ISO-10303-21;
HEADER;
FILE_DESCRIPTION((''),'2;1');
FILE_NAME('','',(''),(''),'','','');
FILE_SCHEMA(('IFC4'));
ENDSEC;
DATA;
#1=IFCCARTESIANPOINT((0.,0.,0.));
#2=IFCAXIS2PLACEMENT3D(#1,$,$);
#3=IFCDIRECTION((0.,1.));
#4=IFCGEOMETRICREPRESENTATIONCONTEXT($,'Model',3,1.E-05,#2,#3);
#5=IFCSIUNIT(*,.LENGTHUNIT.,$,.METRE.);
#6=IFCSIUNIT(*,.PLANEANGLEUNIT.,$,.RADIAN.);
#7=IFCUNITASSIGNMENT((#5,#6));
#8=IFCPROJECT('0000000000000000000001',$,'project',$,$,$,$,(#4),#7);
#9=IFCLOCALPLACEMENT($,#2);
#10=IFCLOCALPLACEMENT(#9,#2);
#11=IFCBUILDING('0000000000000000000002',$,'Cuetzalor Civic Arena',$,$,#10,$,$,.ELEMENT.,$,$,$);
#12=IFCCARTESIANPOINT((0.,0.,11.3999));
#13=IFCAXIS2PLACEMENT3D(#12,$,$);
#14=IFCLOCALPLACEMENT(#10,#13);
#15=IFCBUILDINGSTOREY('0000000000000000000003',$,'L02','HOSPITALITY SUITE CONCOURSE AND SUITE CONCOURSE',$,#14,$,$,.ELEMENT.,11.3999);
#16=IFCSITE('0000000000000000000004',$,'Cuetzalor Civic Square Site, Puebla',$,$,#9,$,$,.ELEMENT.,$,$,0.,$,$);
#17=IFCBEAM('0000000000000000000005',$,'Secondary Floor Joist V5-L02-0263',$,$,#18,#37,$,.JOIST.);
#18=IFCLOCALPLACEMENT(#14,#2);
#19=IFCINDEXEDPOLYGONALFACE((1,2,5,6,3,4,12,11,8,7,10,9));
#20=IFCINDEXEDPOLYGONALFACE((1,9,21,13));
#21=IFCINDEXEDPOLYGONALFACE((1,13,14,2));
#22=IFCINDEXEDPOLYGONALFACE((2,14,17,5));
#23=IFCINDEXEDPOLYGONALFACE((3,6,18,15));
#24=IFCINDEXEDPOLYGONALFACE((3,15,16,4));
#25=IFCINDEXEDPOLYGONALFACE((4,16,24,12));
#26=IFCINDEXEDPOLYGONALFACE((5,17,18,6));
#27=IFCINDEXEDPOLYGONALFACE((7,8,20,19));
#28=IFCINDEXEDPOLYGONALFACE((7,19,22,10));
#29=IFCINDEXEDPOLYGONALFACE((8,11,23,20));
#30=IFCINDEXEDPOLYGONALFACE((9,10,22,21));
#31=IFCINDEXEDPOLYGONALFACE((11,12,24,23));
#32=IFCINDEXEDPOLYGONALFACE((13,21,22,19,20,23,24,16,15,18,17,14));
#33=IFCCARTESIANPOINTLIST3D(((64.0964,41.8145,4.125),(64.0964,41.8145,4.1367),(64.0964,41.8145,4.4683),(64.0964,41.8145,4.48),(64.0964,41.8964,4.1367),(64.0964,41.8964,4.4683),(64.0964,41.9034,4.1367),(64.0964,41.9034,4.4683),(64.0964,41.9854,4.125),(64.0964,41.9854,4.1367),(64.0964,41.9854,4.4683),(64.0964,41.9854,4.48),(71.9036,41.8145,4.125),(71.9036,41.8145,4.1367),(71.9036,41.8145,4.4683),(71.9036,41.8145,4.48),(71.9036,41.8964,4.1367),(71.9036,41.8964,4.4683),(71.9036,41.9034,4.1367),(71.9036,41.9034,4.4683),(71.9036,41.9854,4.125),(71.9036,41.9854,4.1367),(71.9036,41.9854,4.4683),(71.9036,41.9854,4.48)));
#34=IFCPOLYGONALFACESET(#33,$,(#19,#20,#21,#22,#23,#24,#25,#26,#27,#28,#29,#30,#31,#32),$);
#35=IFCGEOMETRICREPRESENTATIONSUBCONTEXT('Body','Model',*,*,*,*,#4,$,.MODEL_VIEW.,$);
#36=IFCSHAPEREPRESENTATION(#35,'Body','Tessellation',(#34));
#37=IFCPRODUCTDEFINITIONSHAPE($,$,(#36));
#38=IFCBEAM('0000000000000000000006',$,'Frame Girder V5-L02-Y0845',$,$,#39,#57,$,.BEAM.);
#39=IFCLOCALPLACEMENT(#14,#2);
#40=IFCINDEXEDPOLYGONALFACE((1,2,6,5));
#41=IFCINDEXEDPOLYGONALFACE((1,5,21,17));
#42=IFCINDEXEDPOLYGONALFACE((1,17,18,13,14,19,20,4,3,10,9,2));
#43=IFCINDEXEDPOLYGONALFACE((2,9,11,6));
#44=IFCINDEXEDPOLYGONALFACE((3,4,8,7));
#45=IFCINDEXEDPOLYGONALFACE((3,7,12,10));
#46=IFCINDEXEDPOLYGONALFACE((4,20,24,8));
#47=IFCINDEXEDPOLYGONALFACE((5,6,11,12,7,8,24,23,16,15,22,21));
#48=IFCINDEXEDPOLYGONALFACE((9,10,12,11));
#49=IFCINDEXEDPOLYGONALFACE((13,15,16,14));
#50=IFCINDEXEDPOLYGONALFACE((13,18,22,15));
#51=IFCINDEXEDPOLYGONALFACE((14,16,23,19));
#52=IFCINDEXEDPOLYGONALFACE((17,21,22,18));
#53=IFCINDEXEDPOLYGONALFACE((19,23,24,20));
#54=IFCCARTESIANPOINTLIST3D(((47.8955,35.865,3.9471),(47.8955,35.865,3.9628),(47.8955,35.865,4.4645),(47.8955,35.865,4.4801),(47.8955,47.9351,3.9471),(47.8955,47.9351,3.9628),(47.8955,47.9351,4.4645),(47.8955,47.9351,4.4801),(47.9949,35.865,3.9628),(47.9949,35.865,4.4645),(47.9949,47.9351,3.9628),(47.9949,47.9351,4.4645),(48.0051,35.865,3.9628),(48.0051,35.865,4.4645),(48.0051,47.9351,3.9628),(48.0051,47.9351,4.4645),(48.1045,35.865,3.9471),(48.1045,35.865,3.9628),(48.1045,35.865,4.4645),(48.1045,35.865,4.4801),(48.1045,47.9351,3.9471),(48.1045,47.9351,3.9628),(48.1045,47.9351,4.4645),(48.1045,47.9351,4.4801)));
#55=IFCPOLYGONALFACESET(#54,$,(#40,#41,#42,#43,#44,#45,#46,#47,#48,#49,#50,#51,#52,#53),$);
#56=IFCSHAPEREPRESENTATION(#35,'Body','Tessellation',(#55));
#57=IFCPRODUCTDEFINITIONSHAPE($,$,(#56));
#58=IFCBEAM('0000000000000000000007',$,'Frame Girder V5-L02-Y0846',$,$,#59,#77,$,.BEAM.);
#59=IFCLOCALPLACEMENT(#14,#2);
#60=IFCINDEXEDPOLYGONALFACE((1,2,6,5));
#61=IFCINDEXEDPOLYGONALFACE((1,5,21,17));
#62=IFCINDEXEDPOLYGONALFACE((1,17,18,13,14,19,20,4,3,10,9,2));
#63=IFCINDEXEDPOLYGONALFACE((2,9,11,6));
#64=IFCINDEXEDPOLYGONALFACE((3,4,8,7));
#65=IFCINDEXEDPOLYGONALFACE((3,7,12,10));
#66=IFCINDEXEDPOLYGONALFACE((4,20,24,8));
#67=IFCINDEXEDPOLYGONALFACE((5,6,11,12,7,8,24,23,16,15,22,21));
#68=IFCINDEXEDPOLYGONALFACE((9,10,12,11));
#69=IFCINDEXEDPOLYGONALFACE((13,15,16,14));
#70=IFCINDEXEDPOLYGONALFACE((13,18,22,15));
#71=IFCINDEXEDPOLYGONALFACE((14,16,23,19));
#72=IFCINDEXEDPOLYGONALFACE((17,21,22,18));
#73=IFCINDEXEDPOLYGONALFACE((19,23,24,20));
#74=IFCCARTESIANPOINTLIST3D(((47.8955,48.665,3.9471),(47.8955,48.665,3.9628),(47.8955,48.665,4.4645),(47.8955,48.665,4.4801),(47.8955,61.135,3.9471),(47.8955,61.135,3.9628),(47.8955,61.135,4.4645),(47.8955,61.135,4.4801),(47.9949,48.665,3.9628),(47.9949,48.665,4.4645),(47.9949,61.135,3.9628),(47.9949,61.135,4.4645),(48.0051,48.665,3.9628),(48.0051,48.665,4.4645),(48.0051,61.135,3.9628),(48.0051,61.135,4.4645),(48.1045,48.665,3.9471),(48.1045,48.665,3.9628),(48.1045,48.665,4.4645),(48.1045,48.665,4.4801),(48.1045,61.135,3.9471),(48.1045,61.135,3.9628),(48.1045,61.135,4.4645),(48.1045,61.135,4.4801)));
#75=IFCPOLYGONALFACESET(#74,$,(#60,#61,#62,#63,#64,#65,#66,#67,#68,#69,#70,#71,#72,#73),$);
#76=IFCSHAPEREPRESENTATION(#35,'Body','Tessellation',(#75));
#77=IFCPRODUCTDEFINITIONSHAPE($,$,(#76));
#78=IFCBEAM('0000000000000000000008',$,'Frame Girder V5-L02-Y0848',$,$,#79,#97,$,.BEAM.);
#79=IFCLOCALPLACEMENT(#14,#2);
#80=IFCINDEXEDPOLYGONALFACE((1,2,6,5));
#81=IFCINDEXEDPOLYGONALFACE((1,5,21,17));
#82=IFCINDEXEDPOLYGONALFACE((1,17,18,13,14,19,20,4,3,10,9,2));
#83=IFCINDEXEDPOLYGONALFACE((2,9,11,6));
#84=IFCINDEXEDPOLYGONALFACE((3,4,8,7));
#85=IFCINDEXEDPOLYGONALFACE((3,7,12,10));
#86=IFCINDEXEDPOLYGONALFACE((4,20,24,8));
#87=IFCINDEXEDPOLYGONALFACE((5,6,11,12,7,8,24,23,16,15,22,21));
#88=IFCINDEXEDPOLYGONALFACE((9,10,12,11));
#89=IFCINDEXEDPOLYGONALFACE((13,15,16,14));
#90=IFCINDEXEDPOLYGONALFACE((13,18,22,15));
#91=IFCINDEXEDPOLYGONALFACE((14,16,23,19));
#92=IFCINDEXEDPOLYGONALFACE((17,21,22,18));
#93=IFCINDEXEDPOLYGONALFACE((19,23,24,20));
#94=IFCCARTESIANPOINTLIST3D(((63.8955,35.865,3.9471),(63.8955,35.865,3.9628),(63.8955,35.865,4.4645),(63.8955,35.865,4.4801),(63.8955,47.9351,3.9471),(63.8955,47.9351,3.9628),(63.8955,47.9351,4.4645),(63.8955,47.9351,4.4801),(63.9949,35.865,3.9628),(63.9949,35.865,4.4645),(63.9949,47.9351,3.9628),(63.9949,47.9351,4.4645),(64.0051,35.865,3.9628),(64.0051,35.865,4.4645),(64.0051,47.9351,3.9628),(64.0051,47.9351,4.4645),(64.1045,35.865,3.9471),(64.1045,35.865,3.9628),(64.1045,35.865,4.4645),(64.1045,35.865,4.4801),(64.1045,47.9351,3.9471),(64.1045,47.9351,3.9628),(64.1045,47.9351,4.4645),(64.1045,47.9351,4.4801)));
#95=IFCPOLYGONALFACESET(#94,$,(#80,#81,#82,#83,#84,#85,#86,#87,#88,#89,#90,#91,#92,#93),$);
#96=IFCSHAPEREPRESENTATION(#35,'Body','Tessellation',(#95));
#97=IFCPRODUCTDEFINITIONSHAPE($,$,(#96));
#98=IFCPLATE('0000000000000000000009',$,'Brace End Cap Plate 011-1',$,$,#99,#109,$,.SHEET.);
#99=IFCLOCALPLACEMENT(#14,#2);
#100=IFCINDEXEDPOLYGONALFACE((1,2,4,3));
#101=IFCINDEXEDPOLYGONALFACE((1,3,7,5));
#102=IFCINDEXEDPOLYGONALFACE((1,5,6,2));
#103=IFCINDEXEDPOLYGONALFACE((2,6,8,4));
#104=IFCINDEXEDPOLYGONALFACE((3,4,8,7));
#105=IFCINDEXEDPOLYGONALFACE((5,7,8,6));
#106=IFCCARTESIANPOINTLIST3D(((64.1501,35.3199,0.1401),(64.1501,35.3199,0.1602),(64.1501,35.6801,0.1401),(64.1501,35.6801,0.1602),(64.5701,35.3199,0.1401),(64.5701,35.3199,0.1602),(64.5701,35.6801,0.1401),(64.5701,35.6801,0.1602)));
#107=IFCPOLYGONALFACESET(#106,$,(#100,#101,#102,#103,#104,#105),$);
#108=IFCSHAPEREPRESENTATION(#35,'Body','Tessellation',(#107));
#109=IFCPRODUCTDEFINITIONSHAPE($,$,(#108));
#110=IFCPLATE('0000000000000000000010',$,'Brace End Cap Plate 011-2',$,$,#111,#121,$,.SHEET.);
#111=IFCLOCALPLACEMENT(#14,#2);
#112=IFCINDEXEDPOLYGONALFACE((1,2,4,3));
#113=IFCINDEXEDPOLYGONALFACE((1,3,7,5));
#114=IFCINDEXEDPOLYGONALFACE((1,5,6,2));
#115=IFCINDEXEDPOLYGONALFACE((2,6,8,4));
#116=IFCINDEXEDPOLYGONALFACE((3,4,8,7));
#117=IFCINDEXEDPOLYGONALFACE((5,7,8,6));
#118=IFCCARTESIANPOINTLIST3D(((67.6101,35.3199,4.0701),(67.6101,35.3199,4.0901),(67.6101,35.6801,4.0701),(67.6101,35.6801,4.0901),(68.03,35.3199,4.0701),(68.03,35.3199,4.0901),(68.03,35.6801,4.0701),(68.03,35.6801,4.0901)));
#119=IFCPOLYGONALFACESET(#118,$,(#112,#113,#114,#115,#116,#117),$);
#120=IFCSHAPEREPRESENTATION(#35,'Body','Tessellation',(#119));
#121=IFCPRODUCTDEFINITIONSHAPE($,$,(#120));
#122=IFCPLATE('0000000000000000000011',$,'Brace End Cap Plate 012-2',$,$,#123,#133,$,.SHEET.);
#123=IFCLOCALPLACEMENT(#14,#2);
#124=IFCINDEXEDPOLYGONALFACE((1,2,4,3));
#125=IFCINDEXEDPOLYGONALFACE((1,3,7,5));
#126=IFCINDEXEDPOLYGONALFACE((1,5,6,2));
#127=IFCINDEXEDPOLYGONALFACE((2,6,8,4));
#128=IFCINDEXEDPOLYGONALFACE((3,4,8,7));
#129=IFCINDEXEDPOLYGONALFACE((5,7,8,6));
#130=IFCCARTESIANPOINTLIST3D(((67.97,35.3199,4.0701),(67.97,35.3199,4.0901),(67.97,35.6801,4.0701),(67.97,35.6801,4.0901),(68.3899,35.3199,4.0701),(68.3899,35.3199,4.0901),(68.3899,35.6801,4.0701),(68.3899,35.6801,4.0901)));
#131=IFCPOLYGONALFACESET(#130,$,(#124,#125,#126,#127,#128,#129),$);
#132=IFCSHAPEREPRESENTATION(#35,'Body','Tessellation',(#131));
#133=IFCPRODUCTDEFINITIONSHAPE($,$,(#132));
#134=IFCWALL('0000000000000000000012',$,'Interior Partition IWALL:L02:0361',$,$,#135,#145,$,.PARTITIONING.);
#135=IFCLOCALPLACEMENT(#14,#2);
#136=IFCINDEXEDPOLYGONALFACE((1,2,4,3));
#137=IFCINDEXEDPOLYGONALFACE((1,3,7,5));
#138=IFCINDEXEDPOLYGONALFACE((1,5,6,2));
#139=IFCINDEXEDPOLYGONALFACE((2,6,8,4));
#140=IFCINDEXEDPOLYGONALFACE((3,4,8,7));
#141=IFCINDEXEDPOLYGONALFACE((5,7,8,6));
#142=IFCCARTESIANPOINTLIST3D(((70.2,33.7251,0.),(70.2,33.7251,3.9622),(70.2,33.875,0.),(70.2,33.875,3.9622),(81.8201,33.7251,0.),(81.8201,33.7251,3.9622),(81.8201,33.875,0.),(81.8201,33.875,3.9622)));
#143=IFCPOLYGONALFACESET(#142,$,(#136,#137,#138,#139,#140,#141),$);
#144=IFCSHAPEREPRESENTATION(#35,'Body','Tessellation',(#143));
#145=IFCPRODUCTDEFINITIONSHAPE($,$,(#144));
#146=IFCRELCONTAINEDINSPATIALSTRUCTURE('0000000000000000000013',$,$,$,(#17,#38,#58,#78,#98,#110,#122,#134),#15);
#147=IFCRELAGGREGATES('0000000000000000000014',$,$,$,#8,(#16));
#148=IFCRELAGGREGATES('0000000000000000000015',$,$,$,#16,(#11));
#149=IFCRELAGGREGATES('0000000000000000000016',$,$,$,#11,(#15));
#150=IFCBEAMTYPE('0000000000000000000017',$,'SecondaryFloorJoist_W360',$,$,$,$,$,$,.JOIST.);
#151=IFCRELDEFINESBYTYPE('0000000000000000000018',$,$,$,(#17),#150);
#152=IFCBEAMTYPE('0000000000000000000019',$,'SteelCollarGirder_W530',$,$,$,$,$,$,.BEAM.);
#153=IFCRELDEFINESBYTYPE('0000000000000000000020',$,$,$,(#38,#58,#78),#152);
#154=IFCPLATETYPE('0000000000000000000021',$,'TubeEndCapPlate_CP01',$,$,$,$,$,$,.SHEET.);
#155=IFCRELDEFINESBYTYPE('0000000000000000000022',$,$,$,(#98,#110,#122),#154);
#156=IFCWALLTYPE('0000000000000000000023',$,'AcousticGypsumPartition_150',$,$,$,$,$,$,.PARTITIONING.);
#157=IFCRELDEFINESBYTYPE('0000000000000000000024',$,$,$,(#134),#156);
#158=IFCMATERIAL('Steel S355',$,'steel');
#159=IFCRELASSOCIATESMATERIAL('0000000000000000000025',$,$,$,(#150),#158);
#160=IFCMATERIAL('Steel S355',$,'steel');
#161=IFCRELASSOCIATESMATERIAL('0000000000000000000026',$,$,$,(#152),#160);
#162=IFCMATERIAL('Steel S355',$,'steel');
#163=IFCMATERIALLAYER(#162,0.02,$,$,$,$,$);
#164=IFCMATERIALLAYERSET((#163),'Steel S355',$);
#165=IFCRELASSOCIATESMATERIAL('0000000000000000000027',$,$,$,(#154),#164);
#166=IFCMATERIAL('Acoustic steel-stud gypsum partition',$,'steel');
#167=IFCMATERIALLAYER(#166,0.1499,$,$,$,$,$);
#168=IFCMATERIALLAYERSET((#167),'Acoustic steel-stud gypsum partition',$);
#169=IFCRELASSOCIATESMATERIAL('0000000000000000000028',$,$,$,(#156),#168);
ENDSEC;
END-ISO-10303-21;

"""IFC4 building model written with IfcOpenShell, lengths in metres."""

from ifc_helpers import new_model, si_unit, direction, frame, frame_2d, origin, origin_2d, place, context, subcontext, project, spatial, rectangle, i_section, extrude, material, layer, layer_set, material_profile, profile_set, type_object, element, save


model = new_model("IFC4")

# Units and contexts
model_context = context("Model", 3, precision=1e-05, world=origin(), true_north=direction((0.0, 1.0)))
body_context = subcontext(model_context, "Body", "Model", "MODEL_VIEW")
ifc_project = project(units=[si_unit("LENGTHUNIT", "METRE"), si_unit("PLANEANGLEUNIT", "RADIAN")], contexts=[model_context])

# Site, building, storey
site_placement = place(None, origin())
site = spatial("IfcSite", under=ifc_project, at=site_placement, Name="Cuetzalor Civic Square Site, Puebla", CompositionType="ELEMENT", RefElevation=0.0)
building_placement = place(site_placement, origin())
building = spatial("IfcBuilding", under=site, at=building_placement, Name="Cuetzalor Civic Arena", CompositionType="ELEMENT")
storey_placement = place(building_placement, frame((0.0, 0.0, 11.3999)))
storey = spatial("IfcBuildingStorey", under=building, at=storey_placement, Name="L02", Description="HOSPITALITY SUITE CONCOURSE AND SUITE CONCOURSE", CompositionType="ELEMENT", Elevation=11.3999)

# Beams
ifc_material_1 = material(Name="Steel S355", Category="steel")
ifc_material_profile_1 = material_profile(ifc_material_1, i_section(OverallWidth=0.1709, OverallDepth=0.355, WebThickness=0.0071, FlangeThickness=0.0117, at=origin_2d()), Name="W360x51")
ifc_profile_set_1 = profile_set([ifc_material_profile_1], Name="Steel S355")
beam_type_1 = type_object("IfcBeamType", Name="SecondaryFloorJoist_W360", PredefinedType="JOIST", material=ifc_profile_set_1)
beam_1_placement = place(storey_placement, frame((64.0964, 41.8999, 4.3025), z_axis=(1.0, 0.0, 0.0), x_axis=(0.0, 1.0, 0.0)))
element("IfcBeam", 1, at=beam_1_placement, inside=storey, type_object=beam_type_1, Name="Secondary Floor Joist V5-L02-0263", PredefinedType="JOIST", context=body_context, shape_type="SweptSolid", body=[
    extrude(i_section(OverallWidth=0.1709, OverallDepth=0.355, WebThickness=0.0071, FlangeThickness=0.0117, at=origin_2d()), origin(), (0.0, 0.0, 1.0), 7.8071),
])
ifc_material_2 = material(Name="Steel S355", Category="steel")
ifc_material_profile_2 = material_profile(ifc_material_2, i_section(OverallWidth=0.209, OverallDepth=0.533, WebThickness=0.0103, FlangeThickness=0.0156, at=origin_2d()), Name="W530x92")
ifc_profile_set_2 = profile_set([ifc_material_profile_2], Name="Steel S355")
beam_type_2 = type_object("IfcBeamType", Name="SteelCollarGirder_W530", PredefinedType="BEAM", material=ifc_profile_set_2)
beam_2_placement = place(storey_placement, frame((48.0, 35.865, 4.2136), z_axis=(0.0, 1.0, 0.0), x_axis=(-1.0, 0.0, 0.0)))
element("IfcBeam", 2, at=beam_2_placement, inside=storey, type_object=beam_type_2, Name="Frame Girder V5-L02-Y0845", PredefinedType="BEAM", context=body_context, shape_type="SweptSolid", body=[
    extrude(i_section(OverallWidth=0.209, OverallDepth=0.533, WebThickness=0.0103, FlangeThickness=0.0156, at=origin_2d()), origin(), (0.0, 0.0, 1.0), 12.0701),
])
beam_3_placement = place(storey_placement, frame((48.0, 48.665, 4.2136), z_axis=(0.0, 1.0, 0.0), x_axis=(-1.0, 0.0, 0.0)))
element("IfcBeam", 3, at=beam_3_placement, inside=storey, type_object=beam_type_2, Name="Frame Girder V5-L02-Y0846", PredefinedType="BEAM", context=body_context, shape_type="SweptSolid", body=[
    extrude(i_section(OverallWidth=0.209, OverallDepth=0.533, WebThickness=0.0103, FlangeThickness=0.0156, at=origin_2d()), origin(), (0.0, 0.0, 1.0), 12.47),
])
beam_4_placement = place(storey_placement, frame((64.0, 35.865, 4.2136), z_axis=(0.0, 1.0, 0.0), x_axis=(-1.0, 0.0, 0.0)))
element("IfcBeam", 4, at=beam_4_placement, inside=storey, type_object=beam_type_2, Name="Frame Girder V5-L02-Y0848", PredefinedType="BEAM", context=body_context, shape_type="SweptSolid", body=[
    extrude(i_section(OverallWidth=0.209, OverallDepth=0.533, WebThickness=0.0103, FlangeThickness=0.0156, at=origin_2d()), origin(), (0.0, 0.0, 1.0), 12.0701),
])

# Plates
ifc_material_3 = material(Name="Steel S355", Category="steel")
ifc_layer_1 = layer(ifc_material_3, 0.02)
ifc_layer_set_1 = layer_set([ifc_layer_1], Name="Steel S355")
plate_type = type_object("IfcPlateType", Name="TubeEndCapPlate_CP01", PredefinedType="SHEET", material=ifc_layer_set_1)
for number, where, z_axis, x_axis, name in (
    (5, (64.3601, 35.5, 0.1401), (0.0, 0.0, 1.0), (1.0, 0.0, 0.0), "Brace End Cap Plate 011-1"),
    (6, (67.8201, 35.5, 4.0701), (0.0, 0.0, 1.0), (1.0, 0.0, 0.0), "Brace End Cap Plate 011-2"),
    (7, (68.1799, 35.5, 4.0701), (0.0, 0.0, 1.0), (1.0, 0.0, 0.0), "Brace End Cap Plate 012-2"),
):
    element("IfcPlate", number, at=place(storey_placement, frame(where, z_axis=z_axis, x_axis=x_axis)), inside=storey, type_object=plate_type, Name=name, PredefinedType="SHEET", context=body_context, shape_type="SweptSolid", body=[
        extrude(rectangle(XDim=0.4199, YDim=0.3601, at=origin_2d()), origin(), (0.0, 0.0, 1.0), 0.02),
    ])

# Wall
ifc_material_4 = material(Name="Acoustic steel-stud gypsum partition", Category="steel")
ifc_layer_2 = layer(ifc_material_4, 0.1499)
ifc_layer_set_2 = layer_set([ifc_layer_2], Name="Acoustic steel-stud gypsum partition")
wall_type = type_object("IfcWallType", Name="AcousticGypsumPartition_150", PredefinedType="PARTITIONING", material=ifc_layer_set_2)
wall_placement = place(storey_placement, frame((70.2, 33.8, 0.0), z_axis=(0.0, 0.0, 1.0), x_axis=(1.0, 0.0, 0.0)))
element("IfcWall", 8, at=wall_placement, inside=storey, type_object=wall_type, Name="Interior Partition IWALL:L02:0361", PredefinedType="PARTITIONING", context=body_context, shape_type="SweptSolid", body=[
    extrude(rectangle(XDim=11.6201, YDim=0.1499, at=frame_2d((5.8101, 0.0))), origin(), (0.0, 0.0, 1.0), 3.9622),
])

save(model, "model.ifc")
